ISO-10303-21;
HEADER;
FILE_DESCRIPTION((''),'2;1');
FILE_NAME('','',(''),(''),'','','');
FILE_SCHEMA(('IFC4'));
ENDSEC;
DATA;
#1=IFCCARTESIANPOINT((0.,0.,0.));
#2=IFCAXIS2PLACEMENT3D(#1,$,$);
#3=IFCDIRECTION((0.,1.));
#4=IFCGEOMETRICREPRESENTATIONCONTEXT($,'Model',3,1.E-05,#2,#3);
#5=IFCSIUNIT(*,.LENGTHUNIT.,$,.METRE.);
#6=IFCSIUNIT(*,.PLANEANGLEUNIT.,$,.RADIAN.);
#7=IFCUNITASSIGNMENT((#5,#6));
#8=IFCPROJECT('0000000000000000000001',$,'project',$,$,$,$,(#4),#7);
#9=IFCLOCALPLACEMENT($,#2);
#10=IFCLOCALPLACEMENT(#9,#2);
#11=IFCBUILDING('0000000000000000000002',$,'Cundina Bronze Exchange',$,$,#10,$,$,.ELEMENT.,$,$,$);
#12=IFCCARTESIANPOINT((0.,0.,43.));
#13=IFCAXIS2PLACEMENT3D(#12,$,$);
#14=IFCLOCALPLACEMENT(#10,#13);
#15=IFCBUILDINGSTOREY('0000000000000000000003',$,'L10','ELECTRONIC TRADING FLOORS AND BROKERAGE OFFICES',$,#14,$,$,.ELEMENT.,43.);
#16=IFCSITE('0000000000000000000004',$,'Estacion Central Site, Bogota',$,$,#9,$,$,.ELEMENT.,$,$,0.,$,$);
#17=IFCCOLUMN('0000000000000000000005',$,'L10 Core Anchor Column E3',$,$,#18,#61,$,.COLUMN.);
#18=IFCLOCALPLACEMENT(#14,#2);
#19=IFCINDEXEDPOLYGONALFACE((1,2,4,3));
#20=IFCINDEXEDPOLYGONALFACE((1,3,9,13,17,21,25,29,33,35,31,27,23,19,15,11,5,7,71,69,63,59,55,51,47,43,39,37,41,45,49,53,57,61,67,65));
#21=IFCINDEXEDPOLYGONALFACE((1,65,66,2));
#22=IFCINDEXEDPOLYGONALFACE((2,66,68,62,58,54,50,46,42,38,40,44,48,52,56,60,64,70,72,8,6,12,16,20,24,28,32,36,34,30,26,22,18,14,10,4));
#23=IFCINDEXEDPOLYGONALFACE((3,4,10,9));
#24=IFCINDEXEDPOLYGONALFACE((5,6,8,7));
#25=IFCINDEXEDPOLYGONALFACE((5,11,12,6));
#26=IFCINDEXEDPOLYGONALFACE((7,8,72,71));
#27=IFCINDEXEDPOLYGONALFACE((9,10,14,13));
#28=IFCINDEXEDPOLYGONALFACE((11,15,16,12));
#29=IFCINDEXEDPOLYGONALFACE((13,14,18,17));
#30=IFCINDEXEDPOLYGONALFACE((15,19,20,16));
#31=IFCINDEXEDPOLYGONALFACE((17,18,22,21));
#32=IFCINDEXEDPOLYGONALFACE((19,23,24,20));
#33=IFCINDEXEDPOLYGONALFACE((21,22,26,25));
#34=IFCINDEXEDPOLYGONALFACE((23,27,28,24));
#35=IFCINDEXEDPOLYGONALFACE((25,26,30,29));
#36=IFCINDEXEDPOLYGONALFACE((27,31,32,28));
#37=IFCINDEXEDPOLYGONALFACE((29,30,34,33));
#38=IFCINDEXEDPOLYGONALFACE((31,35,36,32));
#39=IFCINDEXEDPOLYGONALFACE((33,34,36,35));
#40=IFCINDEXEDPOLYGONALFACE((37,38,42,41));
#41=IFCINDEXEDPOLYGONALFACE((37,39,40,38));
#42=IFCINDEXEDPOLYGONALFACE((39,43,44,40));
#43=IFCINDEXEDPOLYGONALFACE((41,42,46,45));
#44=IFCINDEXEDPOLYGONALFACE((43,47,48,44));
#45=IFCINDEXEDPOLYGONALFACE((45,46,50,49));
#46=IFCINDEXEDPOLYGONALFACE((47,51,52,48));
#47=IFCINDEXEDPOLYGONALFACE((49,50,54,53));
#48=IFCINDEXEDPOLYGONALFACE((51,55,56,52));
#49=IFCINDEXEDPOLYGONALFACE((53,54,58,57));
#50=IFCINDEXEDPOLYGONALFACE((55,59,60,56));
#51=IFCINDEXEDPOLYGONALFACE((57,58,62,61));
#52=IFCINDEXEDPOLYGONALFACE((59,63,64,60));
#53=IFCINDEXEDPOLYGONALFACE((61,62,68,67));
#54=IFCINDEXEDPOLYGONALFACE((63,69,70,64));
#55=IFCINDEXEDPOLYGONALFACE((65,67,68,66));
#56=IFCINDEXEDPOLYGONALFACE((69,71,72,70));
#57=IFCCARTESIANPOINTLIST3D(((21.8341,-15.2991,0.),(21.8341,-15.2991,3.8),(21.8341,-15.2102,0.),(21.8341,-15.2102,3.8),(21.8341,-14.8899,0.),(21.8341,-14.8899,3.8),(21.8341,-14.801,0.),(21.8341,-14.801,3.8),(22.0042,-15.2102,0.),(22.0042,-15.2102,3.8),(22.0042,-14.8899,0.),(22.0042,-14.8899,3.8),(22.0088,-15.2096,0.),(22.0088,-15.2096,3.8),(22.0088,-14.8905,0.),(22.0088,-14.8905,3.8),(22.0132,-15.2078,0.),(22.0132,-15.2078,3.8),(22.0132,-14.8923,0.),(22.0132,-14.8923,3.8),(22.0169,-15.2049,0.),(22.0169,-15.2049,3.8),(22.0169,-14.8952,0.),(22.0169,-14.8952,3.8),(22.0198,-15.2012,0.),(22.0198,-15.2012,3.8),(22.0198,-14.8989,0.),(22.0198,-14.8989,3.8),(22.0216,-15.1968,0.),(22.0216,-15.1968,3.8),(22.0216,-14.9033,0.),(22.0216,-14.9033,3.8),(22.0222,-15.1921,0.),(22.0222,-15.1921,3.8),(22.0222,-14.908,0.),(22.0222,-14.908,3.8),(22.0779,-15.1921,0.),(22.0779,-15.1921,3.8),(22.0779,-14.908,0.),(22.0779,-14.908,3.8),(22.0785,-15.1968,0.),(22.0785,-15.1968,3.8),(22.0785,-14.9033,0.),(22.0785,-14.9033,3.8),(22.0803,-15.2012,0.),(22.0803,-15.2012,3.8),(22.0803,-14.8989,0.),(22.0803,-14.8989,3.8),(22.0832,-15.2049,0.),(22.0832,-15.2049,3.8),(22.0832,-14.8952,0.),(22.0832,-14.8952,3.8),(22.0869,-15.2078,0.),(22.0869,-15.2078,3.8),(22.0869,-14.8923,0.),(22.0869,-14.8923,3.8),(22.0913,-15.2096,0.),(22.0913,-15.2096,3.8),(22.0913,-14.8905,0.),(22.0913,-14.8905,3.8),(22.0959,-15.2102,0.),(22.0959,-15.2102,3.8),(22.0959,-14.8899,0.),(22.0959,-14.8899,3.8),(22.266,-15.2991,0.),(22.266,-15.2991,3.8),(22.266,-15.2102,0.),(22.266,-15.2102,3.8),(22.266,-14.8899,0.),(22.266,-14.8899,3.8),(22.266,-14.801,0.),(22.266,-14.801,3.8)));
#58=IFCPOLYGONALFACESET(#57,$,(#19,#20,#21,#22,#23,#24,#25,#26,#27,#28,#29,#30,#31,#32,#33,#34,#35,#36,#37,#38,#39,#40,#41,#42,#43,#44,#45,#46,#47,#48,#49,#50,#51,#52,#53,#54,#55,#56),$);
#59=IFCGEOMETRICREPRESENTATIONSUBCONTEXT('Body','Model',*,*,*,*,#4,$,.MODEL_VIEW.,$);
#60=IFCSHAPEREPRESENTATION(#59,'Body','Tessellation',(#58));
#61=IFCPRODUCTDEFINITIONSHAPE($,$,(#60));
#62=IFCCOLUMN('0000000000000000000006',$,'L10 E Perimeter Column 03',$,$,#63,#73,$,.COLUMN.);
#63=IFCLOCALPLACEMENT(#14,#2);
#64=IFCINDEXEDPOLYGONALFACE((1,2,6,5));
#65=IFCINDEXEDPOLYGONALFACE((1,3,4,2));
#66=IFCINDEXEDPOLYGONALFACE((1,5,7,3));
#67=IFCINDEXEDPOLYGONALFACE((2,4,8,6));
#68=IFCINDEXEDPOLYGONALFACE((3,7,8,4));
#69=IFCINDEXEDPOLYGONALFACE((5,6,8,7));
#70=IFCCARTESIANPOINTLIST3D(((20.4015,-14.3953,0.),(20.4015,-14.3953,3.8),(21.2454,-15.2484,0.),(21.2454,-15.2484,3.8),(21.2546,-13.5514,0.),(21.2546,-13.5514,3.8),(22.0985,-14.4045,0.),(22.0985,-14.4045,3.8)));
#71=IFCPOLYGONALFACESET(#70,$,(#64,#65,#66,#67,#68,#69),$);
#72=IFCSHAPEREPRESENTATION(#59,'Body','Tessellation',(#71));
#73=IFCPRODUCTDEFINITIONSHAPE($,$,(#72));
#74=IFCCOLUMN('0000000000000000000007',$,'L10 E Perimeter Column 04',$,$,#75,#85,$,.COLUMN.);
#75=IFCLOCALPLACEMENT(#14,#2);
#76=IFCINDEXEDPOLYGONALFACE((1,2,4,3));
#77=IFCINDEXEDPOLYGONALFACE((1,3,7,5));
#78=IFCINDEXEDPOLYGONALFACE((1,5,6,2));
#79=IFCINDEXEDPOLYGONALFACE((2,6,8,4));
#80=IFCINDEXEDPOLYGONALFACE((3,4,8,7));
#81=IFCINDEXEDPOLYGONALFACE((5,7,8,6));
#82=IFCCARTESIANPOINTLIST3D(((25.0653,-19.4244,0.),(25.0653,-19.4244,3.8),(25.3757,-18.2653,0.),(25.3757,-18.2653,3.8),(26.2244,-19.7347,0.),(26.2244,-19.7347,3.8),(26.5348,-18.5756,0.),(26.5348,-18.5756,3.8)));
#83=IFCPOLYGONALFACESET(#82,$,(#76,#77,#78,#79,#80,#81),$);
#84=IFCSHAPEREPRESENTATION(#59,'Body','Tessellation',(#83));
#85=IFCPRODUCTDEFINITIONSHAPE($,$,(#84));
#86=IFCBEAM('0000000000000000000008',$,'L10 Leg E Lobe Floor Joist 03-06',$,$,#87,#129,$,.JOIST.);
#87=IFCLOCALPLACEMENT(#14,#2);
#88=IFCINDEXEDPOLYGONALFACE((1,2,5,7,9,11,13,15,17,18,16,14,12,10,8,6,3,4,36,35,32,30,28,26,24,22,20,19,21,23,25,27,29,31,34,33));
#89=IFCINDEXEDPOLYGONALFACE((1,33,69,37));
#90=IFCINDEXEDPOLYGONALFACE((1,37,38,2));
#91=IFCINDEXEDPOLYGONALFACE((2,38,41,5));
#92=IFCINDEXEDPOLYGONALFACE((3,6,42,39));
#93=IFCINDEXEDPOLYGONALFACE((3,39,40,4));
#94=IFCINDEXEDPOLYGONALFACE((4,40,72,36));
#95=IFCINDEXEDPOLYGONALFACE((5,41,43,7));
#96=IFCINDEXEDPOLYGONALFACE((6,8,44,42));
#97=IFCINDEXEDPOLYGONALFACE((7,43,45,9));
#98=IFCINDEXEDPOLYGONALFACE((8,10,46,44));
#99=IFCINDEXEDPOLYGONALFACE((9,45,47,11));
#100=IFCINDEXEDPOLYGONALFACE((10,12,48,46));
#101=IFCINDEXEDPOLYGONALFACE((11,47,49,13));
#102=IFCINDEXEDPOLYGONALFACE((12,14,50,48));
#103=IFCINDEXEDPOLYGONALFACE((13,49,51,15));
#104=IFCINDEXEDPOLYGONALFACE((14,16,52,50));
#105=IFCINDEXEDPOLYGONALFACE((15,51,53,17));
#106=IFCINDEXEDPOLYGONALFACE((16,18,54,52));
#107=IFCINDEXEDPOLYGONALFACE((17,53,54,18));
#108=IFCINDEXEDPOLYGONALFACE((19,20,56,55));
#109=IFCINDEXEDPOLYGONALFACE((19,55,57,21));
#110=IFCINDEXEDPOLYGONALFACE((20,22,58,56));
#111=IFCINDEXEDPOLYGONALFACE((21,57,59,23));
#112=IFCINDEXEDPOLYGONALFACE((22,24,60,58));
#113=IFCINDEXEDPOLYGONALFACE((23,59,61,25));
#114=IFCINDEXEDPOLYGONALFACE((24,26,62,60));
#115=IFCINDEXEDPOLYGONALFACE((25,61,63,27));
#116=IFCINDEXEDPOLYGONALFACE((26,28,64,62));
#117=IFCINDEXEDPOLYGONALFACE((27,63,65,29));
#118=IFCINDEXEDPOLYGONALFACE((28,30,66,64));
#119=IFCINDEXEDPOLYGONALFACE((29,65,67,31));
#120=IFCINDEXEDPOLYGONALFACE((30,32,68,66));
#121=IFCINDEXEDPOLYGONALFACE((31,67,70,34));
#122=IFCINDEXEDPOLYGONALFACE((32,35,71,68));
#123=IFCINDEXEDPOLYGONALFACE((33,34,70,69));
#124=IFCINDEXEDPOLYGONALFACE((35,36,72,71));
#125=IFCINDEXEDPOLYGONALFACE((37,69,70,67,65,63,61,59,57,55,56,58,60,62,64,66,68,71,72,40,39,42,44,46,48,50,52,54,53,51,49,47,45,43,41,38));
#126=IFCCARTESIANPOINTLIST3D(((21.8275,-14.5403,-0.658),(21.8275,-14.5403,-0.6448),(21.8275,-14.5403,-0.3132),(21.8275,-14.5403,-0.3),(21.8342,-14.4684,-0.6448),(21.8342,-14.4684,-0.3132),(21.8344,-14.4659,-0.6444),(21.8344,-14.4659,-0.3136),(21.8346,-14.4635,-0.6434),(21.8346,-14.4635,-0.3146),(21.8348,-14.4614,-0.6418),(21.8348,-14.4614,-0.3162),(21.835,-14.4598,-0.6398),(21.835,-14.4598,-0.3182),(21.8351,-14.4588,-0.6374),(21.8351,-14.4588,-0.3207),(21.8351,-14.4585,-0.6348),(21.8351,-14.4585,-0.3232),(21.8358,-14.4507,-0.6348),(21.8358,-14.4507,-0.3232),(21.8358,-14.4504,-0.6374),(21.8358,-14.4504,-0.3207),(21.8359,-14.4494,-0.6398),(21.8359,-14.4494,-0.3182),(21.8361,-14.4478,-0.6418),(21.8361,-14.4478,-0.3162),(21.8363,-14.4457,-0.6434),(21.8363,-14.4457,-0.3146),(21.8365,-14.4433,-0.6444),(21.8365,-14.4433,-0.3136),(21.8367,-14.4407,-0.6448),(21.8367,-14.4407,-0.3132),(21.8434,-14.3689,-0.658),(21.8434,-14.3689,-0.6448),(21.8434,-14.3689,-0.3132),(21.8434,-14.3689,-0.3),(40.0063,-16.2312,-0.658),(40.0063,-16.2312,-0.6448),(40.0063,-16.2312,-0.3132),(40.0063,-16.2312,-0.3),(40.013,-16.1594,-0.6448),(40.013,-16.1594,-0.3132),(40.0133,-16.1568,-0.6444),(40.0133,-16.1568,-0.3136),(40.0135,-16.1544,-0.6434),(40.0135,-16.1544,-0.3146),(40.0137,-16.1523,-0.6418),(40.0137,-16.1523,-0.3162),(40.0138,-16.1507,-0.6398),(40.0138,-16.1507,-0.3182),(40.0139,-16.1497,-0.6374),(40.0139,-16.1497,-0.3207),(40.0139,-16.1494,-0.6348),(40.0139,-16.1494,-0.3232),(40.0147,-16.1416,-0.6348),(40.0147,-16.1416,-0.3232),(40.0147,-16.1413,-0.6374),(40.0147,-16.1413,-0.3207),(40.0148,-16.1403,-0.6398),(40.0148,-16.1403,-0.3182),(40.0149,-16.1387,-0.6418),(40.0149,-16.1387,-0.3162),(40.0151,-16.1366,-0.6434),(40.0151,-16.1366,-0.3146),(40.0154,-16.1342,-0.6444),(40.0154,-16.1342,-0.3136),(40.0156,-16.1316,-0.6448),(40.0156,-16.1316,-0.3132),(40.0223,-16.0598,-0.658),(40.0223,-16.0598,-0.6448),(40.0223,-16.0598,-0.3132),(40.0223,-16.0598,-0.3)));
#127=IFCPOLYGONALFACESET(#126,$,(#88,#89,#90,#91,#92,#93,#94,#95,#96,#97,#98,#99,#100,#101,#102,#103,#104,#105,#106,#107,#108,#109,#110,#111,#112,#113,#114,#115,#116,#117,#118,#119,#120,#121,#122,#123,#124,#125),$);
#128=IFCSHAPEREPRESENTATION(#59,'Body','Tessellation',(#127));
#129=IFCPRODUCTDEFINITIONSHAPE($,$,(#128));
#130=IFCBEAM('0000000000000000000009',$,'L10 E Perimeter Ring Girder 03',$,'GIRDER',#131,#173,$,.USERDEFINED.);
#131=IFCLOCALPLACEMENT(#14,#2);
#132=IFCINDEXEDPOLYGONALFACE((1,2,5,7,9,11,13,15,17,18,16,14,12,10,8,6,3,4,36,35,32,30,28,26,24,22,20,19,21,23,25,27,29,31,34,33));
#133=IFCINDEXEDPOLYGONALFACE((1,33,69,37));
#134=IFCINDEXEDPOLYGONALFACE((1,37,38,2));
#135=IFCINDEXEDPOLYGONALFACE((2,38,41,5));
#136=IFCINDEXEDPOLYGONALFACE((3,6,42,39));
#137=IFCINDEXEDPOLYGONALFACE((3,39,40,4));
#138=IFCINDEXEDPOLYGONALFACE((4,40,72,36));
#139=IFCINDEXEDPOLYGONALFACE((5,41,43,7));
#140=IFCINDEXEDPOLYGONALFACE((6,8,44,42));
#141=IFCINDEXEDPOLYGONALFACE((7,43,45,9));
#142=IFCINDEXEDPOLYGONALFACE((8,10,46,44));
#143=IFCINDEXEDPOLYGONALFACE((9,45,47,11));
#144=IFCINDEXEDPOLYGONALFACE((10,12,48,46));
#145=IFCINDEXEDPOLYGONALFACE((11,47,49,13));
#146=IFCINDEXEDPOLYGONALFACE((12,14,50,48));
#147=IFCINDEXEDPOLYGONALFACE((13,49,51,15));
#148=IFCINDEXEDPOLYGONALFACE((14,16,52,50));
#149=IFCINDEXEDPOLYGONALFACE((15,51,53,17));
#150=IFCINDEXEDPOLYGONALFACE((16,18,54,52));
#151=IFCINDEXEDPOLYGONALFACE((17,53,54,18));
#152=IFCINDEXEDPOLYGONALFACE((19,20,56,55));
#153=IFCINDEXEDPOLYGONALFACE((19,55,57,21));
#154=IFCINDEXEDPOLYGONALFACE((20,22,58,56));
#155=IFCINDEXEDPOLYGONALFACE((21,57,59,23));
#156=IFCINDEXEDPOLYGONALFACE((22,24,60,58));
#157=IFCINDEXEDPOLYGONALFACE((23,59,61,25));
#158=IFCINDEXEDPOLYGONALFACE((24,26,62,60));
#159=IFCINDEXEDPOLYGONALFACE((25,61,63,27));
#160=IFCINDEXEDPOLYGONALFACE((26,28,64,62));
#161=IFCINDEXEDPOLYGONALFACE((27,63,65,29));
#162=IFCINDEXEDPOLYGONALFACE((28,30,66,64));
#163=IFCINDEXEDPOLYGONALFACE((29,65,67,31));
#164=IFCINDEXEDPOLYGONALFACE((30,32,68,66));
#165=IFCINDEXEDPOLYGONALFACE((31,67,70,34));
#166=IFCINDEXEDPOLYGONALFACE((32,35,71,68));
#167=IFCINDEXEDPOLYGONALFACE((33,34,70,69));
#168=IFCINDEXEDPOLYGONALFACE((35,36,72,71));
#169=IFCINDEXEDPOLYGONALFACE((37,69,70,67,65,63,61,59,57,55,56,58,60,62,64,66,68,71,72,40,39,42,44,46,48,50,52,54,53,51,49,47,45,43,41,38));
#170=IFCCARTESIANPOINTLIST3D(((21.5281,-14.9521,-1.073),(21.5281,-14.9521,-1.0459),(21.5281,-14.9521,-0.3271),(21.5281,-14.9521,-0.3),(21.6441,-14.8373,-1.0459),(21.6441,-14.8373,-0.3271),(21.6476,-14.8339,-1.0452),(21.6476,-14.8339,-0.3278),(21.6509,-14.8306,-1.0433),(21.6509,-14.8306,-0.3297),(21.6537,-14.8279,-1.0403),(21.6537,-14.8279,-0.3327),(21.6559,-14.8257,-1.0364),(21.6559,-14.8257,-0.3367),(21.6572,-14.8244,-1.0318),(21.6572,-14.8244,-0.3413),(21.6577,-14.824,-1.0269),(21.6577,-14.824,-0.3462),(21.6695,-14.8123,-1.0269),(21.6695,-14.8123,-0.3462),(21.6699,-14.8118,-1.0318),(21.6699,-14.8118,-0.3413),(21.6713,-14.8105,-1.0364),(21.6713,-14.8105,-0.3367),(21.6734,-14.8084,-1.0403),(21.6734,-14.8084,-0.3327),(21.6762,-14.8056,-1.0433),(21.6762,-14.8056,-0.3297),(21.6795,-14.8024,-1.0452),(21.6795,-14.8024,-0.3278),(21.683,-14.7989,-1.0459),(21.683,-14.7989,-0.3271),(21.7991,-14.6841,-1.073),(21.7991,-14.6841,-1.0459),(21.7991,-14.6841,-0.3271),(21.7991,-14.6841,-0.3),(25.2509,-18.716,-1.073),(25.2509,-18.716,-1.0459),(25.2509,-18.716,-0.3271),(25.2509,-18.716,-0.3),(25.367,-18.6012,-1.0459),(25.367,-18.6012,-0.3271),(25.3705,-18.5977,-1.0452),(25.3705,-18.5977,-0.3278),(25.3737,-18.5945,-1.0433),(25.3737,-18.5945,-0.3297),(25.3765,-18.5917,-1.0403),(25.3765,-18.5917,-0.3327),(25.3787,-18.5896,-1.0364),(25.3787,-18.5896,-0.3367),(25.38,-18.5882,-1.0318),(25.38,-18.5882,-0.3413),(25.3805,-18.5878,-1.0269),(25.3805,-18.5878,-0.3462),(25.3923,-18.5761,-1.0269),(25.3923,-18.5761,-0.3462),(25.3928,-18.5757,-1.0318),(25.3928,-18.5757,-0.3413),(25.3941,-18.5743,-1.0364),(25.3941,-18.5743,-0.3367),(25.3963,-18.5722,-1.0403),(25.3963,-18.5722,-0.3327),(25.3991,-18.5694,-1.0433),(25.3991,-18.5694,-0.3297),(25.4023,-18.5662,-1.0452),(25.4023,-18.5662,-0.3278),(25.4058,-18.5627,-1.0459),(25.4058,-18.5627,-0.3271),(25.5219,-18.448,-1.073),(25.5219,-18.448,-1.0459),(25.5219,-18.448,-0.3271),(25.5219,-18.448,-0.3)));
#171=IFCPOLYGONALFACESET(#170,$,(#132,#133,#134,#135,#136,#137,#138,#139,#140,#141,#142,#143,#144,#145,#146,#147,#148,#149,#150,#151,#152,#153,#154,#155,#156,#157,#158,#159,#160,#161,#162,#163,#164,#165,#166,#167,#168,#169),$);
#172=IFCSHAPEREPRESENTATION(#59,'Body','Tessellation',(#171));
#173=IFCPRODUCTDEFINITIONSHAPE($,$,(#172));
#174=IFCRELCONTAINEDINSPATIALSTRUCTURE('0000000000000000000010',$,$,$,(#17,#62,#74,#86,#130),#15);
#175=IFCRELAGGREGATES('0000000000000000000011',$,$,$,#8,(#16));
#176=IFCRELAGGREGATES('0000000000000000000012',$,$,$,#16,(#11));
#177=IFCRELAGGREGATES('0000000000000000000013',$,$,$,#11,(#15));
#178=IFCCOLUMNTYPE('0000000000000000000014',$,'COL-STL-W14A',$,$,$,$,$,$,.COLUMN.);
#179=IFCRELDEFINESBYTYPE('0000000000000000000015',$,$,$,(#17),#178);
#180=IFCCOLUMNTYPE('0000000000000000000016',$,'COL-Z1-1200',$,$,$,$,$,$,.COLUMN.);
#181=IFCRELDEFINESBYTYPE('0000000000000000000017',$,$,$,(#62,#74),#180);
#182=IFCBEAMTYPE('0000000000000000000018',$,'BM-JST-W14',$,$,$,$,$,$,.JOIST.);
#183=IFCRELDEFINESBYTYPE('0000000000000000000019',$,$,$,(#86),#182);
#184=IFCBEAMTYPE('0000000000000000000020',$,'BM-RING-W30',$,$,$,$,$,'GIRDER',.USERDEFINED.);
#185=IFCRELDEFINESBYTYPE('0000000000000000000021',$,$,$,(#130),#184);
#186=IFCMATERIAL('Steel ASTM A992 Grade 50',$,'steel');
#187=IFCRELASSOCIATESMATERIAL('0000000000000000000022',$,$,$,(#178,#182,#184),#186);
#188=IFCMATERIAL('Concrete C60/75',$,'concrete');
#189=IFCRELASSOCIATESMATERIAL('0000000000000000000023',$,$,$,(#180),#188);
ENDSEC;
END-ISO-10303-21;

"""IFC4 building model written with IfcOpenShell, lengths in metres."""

from ifc_helpers import new_model, si_unit, direction, frame, origin, origin_2d, place, context, subcontext, project, spatial, rectangle, i_section, extrude, material, material_profile, profile_set, type_object, element, save


model = new_model("IFC4")

# Units and contexts
model_context = context("Model", 3, precision=1e-05, world=origin(), true_north=direction((0.0, 1.0)))
body_context = subcontext(model_context, "Body", "Model", "MODEL_VIEW")
ifc_project = project(units=[si_unit("LENGTHUNIT", "METRE"), si_unit("PLANEANGLEUNIT", "RADIAN")], contexts=[model_context])

# Site, building, storey
site_placement = place(None, origin())
site = spatial("IfcSite", under=ifc_project, at=site_placement, Name="Estacion Central Site, Bogota", CompositionType="ELEMENT", RefElevation=0.0)
building_placement = place(site_placement, origin())
building = spatial("IfcBuilding", under=site, at=building_placement, Name="Cundina Bronze Exchange", CompositionType="ELEMENT")
storey_placement = place(building_placement, frame((0.0, 0.0, 43.0)))
storey = spatial("IfcBuildingStorey", under=building, at=storey_placement, Name="L10", Description="ELECTRONIC TRADING FLOORS AND BROKERAGE OFFICES", CompositionType="ELEMENT", Elevation=43.0)

# Columns
ifc_material_1 = material(Name="Steel ASTM A992 Grade 50", Category="steel")
ifc_material_profile_1 = material_profile(ifc_material_1, i_section(OverallWidth=0.4319, OverallDepth=0.498, WebThickness=0.0557, FlangeThickness=0.0889, FilletRadius=0.0181, at=origin_2d()), Name="W14X500", Category="steel")
ifc_profile_set_1 = profile_set([ifc_material_profile_1], Name="Steel ASTM A992 Grade 50")
column_type_1 = type_object("IfcColumnType", Name="COL-STL-W14A", PredefinedType="COLUMN", material=ifc_profile_set_1)
column_placement = place(storey_placement, frame((22.05, -15.05, 0.0), z_axis=(0.0, 0.0, 1.0), x_axis=(1.0, 0.0, 0.0)))
element("IfcColumn", 1, at=column_placement, inside=storey, type_object=column_type_1, Name="L10 Core Anchor Column E3", PredefinedType="COLUMN", context=body_context, shape_type="SweptSolid", body=[
    extrude(i_section(OverallWidth=0.4319, OverallDepth=0.498, WebThickness=0.0557, FlangeThickness=0.0889, FilletRadius=0.0181, at=origin_2d()), origin(), (0.0, 0.0, 1.0), 3.8),
])
ifc_material_2 = material(Name="Concrete C60/75", Category="concrete")
ifc_material_profile_2 = material_profile(ifc_material_2, rectangle(XDim=1.2, YDim=1.2, at=origin_2d()), Name="RC1200X1200", Category="concrete")
ifc_profile_set_2 = profile_set([ifc_material_profile_2], Name="Concrete C60/75")
column_type_2 = type_object("IfcColumnType", Name="COL-Z1-1200", PredefinedType="COLUMN", material=ifc_profile_set_2)
for number, where, z_axis, x_axis, name in (
    (2, (21.25, -14.3999, 0.0), (0.0, 0.0, 1.0), (0.703271, -0.710922, 0.0), "L10 E Perimeter Column 03"),
    (3, (25.8, -19.0, 0.0), (0.0, 0.0, 1.0), (0.965971, -0.25865, 0.0), "L10 E Perimeter Column 04"),
):
    element("IfcColumn", number, at=place(storey_placement, frame(where, z_axis=z_axis, x_axis=x_axis)), inside=storey, type_object=column_type_2, Name=name, PredefinedType="COLUMN", context=body_context, shape_type="SweptSolid", body=[
        extrude(rectangle(XDim=1.2, YDim=1.2, at=origin_2d()), origin(), (0.0, 0.0, 1.0), 3.8),
    ])

# Beams
ifc_material_profile_3 = material_profile(ifc_material_1, i_section(OverallWidth=0.1721, OverallDepth=0.3579, WebThickness=0.0078, FlangeThickness=0.0132, FilletRadius=0.01, at=origin_2d()), Name="W14X38", Category="steel")
ifc_profile_set_3 = profile_set([ifc_material_profile_3], Name="Steel ASTM A992 Grade 50")
beam_type_1 = type_object("IfcBeamType", Name="BM-JST-W14", PredefinedType="JOIST", material=ifc_profile_set_3)
beam_1_placement = place(storey_placement, frame((21.8354, -14.4546, -0.479), z_axis=(0.995702, -0.092615, 0.0), x_axis=(0.092615, 0.995702, 0.0)))
element("IfcBeam", 4, at=beam_1_placement, inside=storey, type_object=beam_type_1, Name="L10 Leg E Lobe Floor Joist 03-06", PredefinedType="JOIST", context=body_context, shape_type="SweptSolid", body=[
    extrude(i_section(OverallWidth=0.1721, OverallDepth=0.3579, WebThickness=0.0078, FlangeThickness=0.0132, FilletRadius=0.01, at=origin_2d()), origin(), (0.0, 0.0, 1.0), 18.2573),
])
ifc_material_profile_4 = material_profile(ifc_material_1, i_section(OverallWidth=0.3811, OverallDepth=0.7729, WebThickness=0.0166, FlangeThickness=0.0271, FilletRadius=0.019, at=origin_2d()), Name="W30X173", Category="steel")
ifc_profile_set_4 = profile_set([ifc_material_profile_4], Name="Steel ASTM A992 Grade 50")
beam_type_2 = type_object("IfcBeamType", Name="BM-RING-W30", ElementType="GIRDER", PredefinedType="USERDEFINED", material=ifc_profile_set_4)
beam_2_placement = place(storey_placement, frame((21.6636, -14.8181, -0.6865), z_axis=(0.703222, -0.71097, 0.0), x_axis=(0.71097, 0.703222, 0.0)))
element("IfcBeam", 5, at=beam_2_placement, inside=storey, type_object=beam_type_2, Name="L10 E Perimeter Ring Girder 03", ObjectType="GIRDER", PredefinedType="USERDEFINED", context=body_context, shape_type="SweptSolid", body=[
    extrude(i_section(OverallWidth=0.3811, OverallDepth=0.7729, WebThickness=0.0166, FlangeThickness=0.0271, FilletRadius=0.019, at=origin_2d()), origin(), (0.0, 0.0, 1.0), 5.2939),
])

save(model, "model.ifc")
